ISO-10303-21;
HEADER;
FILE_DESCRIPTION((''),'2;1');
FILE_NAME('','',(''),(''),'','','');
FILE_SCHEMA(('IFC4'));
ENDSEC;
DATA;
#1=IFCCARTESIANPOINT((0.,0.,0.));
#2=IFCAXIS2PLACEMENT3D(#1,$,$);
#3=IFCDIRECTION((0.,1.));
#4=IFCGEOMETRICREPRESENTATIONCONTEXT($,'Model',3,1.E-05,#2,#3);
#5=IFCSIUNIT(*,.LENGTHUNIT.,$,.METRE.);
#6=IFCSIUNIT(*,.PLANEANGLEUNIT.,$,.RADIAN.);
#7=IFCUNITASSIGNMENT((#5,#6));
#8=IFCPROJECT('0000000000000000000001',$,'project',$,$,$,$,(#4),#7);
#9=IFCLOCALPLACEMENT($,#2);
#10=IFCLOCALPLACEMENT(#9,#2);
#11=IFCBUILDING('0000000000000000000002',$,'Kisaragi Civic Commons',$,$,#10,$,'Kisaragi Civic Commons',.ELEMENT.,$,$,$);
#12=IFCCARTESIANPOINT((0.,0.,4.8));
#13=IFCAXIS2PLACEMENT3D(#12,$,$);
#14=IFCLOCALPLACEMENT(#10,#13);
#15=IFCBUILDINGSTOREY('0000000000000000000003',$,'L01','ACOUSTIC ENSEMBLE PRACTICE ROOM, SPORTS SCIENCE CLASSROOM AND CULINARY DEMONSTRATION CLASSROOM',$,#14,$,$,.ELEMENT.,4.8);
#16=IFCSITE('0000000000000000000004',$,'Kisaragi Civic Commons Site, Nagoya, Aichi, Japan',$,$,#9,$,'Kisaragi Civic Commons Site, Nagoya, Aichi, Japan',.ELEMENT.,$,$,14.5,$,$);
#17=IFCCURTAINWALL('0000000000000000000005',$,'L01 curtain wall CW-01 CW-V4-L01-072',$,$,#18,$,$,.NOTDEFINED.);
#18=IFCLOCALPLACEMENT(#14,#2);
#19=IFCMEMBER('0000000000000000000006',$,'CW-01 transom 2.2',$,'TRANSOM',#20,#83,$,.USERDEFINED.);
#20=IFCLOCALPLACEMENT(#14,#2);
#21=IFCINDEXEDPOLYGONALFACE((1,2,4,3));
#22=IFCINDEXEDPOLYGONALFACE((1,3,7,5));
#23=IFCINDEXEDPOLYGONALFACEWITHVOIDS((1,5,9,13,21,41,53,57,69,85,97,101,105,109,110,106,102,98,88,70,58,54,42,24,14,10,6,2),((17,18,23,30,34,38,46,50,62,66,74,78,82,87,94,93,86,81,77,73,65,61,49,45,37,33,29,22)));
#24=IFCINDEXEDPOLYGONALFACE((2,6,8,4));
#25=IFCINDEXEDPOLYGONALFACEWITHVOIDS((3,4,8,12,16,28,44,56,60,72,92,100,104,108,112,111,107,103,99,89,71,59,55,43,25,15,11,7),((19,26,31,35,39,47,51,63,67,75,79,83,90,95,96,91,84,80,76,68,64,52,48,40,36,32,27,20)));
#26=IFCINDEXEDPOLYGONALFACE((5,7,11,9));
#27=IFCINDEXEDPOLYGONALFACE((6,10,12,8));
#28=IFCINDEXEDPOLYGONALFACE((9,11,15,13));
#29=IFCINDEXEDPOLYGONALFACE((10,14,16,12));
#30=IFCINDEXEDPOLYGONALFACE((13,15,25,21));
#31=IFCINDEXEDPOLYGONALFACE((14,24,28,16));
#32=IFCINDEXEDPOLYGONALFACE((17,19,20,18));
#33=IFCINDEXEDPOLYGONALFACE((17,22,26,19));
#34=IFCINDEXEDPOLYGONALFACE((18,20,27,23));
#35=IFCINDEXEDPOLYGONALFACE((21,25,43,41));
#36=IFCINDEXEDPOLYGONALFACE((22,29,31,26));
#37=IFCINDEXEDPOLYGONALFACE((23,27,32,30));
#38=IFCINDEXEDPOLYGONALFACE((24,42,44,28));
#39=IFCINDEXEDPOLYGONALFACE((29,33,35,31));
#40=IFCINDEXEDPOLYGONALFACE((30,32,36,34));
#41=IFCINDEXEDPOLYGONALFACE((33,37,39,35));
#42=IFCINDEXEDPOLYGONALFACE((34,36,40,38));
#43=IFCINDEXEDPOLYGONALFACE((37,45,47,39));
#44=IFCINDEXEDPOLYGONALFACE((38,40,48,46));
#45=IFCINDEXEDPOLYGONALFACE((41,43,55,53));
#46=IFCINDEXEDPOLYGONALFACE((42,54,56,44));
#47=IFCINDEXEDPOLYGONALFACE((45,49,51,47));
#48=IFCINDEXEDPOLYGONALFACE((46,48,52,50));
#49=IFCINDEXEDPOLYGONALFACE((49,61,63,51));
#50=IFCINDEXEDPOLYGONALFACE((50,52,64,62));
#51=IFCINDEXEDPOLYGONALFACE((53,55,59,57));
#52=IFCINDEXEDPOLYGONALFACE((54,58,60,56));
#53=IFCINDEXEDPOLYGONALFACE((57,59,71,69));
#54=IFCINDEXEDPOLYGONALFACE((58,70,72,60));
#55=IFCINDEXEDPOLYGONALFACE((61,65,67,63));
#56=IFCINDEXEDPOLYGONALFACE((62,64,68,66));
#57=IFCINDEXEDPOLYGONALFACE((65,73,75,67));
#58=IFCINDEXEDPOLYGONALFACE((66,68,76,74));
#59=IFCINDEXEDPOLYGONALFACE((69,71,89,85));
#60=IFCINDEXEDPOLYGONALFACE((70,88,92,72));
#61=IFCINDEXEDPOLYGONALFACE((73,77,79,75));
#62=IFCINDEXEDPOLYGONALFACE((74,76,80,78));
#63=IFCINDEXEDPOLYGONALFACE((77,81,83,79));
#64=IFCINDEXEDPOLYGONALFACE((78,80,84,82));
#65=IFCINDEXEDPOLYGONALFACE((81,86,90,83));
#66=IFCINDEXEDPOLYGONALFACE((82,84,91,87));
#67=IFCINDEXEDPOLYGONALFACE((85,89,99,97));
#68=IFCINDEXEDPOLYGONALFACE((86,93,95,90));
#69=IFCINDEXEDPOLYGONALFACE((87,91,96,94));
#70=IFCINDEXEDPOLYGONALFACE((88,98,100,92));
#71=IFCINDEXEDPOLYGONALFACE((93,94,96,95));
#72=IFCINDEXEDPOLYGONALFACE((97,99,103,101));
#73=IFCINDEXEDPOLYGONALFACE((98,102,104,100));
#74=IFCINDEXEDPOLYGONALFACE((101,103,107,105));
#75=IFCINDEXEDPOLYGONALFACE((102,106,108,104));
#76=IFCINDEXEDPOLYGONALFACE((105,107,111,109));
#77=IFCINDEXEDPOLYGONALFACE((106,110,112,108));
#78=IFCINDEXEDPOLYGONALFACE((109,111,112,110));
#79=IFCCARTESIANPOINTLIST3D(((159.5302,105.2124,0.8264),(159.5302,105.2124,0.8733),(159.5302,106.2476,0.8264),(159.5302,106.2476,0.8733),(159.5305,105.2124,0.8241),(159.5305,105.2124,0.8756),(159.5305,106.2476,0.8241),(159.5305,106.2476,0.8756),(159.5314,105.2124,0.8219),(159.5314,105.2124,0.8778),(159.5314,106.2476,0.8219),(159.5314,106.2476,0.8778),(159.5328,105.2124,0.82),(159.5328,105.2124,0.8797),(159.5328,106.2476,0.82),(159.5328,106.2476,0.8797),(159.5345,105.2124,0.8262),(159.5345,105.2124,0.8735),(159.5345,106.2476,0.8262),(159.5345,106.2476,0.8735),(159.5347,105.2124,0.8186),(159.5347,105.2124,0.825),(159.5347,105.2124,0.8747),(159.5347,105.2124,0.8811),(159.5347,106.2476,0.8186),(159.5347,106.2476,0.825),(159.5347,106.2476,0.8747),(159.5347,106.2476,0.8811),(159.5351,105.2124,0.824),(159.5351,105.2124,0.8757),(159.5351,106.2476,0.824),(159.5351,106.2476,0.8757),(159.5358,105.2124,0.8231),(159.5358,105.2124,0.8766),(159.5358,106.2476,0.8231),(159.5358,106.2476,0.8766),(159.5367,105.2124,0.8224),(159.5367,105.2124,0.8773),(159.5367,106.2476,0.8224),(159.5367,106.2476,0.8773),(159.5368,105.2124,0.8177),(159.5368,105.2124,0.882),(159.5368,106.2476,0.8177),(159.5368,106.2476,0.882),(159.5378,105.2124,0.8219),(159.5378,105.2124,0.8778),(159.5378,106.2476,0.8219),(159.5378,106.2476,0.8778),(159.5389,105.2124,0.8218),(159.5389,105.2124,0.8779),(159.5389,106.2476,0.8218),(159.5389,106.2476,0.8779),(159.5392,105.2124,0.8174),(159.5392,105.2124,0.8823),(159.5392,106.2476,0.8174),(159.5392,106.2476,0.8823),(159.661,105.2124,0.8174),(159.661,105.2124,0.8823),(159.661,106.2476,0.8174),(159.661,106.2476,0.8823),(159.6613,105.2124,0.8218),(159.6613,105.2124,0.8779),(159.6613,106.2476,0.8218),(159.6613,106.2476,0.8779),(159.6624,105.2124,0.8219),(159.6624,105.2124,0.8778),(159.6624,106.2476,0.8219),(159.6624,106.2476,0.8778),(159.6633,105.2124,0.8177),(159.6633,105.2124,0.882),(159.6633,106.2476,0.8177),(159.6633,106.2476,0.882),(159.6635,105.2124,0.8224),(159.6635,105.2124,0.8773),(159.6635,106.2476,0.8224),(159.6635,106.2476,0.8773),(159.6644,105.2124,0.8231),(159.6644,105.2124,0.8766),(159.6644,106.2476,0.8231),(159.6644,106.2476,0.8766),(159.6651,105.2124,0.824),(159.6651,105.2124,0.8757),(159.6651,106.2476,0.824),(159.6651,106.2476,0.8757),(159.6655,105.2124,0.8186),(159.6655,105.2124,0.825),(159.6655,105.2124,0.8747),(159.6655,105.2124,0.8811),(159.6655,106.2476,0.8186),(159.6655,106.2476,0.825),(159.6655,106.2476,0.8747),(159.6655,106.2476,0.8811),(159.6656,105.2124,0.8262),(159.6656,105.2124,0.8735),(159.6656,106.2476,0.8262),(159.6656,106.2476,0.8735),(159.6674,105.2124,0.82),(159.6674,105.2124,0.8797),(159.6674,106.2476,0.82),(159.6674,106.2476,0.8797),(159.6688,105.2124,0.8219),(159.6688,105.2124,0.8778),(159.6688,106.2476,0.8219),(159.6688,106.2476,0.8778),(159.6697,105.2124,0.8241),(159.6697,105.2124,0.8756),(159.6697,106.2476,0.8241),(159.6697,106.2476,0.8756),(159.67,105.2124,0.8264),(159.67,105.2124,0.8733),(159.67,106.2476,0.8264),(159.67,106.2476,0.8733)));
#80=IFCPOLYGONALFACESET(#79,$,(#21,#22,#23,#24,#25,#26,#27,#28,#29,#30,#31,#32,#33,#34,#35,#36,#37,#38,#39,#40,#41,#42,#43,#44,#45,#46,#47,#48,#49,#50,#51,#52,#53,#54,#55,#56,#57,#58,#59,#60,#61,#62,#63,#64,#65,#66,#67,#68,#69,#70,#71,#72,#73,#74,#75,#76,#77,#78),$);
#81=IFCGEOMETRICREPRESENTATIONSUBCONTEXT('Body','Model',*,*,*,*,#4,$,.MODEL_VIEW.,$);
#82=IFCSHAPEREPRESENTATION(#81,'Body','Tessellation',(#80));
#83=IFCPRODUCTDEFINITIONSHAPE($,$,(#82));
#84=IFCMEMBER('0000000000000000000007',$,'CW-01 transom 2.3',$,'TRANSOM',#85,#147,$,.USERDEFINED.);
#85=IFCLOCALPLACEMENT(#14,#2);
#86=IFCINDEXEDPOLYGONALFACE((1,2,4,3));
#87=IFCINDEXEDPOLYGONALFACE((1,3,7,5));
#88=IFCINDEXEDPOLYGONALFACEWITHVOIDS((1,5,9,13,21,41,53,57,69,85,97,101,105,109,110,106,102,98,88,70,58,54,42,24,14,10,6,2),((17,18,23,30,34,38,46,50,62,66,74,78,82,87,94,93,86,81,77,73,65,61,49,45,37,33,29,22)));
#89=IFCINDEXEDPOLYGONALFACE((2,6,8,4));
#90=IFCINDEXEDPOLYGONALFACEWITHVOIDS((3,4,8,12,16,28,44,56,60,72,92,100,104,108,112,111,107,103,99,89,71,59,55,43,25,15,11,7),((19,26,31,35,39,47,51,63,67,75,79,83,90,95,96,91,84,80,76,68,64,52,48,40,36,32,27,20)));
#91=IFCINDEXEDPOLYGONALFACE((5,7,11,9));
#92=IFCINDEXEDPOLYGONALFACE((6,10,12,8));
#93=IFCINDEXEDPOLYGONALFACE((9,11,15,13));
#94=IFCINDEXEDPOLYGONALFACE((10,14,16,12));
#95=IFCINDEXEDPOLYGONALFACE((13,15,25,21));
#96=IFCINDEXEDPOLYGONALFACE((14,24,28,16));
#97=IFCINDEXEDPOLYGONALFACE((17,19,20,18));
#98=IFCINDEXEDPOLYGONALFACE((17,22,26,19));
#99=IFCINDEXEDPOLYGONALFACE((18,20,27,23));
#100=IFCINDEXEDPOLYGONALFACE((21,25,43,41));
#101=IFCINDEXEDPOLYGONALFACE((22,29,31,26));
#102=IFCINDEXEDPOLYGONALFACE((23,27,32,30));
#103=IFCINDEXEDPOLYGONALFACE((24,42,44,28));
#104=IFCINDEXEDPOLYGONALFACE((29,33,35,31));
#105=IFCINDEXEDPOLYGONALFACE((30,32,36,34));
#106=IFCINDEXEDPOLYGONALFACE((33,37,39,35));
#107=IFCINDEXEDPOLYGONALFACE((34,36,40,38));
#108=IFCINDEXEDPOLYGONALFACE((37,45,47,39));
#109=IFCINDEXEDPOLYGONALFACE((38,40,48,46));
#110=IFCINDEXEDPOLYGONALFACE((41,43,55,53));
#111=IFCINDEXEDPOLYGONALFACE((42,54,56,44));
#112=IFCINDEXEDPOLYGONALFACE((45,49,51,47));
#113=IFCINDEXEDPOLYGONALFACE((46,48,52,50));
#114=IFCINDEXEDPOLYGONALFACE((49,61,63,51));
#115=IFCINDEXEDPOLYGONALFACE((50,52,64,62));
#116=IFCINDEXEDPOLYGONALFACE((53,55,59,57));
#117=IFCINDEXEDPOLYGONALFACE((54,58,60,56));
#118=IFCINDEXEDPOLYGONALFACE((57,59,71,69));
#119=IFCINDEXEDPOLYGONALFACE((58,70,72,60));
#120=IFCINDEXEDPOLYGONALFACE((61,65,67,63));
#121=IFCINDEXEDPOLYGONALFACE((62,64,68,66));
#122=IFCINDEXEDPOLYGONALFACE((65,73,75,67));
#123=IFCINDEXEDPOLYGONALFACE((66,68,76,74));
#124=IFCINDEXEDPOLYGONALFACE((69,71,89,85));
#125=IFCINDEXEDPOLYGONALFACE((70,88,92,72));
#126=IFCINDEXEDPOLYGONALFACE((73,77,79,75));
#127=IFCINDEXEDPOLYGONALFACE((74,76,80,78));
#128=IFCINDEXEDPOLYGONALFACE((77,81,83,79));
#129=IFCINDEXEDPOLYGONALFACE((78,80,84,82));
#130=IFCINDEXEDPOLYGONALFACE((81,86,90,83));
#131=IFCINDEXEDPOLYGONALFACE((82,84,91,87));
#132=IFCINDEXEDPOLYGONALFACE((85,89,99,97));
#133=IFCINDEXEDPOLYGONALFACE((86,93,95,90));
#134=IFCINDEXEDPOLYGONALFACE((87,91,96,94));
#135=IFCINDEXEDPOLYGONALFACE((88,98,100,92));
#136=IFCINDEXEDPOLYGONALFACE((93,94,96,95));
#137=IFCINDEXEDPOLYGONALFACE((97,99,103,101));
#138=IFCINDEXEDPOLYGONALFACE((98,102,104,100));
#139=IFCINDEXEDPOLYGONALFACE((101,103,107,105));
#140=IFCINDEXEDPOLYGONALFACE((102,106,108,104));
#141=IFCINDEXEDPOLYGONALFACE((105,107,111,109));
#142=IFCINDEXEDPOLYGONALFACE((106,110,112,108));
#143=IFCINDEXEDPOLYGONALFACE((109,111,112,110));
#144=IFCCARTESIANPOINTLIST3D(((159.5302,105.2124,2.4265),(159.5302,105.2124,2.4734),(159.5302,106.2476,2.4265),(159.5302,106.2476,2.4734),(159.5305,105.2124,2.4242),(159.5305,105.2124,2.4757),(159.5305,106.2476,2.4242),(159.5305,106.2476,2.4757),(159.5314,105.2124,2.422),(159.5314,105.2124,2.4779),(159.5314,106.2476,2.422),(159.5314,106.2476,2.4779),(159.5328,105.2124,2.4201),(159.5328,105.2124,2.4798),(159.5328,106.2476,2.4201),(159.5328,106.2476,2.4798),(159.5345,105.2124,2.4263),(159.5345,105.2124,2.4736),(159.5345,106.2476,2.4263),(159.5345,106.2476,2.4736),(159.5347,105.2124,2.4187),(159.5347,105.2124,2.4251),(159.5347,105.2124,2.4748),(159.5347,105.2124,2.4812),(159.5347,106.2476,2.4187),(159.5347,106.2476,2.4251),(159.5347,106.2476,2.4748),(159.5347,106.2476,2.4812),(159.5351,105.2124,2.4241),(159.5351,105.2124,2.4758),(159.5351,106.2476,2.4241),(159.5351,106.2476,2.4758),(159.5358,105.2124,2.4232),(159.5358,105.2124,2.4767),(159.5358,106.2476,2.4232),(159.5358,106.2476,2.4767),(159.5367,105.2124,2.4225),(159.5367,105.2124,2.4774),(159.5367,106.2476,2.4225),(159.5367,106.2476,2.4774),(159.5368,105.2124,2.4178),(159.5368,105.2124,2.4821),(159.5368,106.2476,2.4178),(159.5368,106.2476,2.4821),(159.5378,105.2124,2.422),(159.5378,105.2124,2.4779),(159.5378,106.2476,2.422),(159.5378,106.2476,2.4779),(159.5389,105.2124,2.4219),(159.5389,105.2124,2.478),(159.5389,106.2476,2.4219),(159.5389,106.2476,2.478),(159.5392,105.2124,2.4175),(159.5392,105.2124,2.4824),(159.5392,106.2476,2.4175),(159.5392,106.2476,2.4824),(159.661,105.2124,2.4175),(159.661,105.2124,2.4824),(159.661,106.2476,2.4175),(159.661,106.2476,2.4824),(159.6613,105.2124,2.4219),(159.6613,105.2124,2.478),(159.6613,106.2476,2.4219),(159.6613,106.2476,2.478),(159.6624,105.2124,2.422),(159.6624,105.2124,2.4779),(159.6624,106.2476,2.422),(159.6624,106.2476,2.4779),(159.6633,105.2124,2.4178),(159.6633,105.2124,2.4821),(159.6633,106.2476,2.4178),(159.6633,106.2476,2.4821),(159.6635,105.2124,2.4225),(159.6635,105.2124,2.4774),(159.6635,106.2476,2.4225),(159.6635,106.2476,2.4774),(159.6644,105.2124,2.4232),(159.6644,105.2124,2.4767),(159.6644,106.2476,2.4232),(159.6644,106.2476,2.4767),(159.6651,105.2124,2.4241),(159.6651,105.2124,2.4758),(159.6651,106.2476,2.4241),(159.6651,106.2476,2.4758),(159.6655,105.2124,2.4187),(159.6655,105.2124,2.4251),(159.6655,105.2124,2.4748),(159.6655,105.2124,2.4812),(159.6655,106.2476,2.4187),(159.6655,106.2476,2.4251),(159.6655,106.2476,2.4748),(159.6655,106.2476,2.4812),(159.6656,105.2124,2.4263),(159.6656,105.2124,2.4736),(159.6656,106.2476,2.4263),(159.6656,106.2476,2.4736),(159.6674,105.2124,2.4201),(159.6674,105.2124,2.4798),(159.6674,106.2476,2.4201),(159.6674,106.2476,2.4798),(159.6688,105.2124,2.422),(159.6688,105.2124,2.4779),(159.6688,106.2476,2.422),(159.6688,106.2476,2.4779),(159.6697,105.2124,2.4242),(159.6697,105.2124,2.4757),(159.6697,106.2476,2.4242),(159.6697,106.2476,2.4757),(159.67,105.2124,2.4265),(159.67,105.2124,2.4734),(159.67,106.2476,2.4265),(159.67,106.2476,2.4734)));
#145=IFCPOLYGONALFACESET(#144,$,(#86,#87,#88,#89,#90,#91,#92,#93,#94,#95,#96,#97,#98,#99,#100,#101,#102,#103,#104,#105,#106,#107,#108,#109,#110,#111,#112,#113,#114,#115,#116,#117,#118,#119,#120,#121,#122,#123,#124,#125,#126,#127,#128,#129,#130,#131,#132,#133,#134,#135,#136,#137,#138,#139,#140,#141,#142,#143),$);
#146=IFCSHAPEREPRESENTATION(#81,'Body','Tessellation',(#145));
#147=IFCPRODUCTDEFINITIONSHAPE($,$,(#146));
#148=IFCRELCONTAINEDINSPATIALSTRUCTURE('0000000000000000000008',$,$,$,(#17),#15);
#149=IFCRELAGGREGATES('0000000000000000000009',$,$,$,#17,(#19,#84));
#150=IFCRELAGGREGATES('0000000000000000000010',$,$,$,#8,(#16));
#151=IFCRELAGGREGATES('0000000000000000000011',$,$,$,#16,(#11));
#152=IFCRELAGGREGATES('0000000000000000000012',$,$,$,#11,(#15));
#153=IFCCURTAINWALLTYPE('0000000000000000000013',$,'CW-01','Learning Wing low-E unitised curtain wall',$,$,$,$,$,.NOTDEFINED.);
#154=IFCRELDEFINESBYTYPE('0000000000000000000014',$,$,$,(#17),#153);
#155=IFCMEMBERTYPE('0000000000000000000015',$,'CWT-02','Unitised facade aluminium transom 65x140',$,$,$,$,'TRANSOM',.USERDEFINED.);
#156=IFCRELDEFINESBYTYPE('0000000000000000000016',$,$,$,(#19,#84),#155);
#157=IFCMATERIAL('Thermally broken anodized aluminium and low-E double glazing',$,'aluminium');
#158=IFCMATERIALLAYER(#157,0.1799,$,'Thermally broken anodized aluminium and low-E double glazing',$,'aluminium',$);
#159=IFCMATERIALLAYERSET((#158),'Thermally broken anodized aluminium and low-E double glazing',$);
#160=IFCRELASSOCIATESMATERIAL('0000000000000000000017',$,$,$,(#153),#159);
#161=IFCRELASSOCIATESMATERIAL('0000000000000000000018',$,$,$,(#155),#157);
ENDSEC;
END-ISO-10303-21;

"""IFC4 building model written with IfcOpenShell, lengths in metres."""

from ifc_helpers import new_model, si_unit, direction, frame, origin, origin_2d, place, context, subcontext, project, spatial, hollow_rectangle, extrude, material, layer, layer_set, material_profile, profile_set, type_object, element, aggregate, save


model = new_model("IFC4")

# Units and contexts
model_context = context("Model", 3, precision=1e-05, world=origin(), true_north=direction((0.0, 1.0)))
body_context = subcontext(model_context, "Body", "Model", "MODEL_VIEW")
ifc_project = project(units=[si_unit("LENGTHUNIT", "METRE"), si_unit("PLANEANGLEUNIT", "RADIAN")], contexts=[model_context])

# Site, building, storey
site_placement = place(None, origin())
site = spatial("IfcSite", under=ifc_project, at=site_placement, Name="Kisaragi Civic Commons Site, Nagoya, Aichi, Japan", LongName="Kisaragi Civic Commons Site, Nagoya, Aichi, Japan", CompositionType="ELEMENT", RefElevation=14.5)
building_placement = place(site_placement, origin())
building = spatial("IfcBuilding", under=site, at=building_placement, Name="Kisaragi Civic Commons", LongName="Kisaragi Civic Commons", CompositionType="ELEMENT")
storey_placement = place(building_placement, frame((0.0, 0.0, 4.8)))
storey = spatial("IfcBuildingStorey", under=building, at=storey_placement, Name="L01", Description="ACOUSTIC ENSEMBLE PRACTICE ROOM, SPORTS SCIENCE CLASSROOM AND CULINARY DEMONSTRATION CLASSROOM", CompositionType="ELEMENT", Elevation=4.8)

# Curtain wall
ifc_material_1 = material(Name="Thermally broken anodized aluminium and low-E double glazing", Category="aluminium")
ifc_layer_1 = layer(ifc_material_1, 0.1799, Name="Thermally broken anodized aluminium and low-E double glazing", Category="aluminium")
ifc_layer_set_1 = layer_set([ifc_layer_1], Name="Thermally broken anodized aluminium and low-E double glazing")
curtain_wall_type = type_object("IfcCurtainWallType", Name="CW-01", Description="Learning Wing low-E unitised curtain wall", PredefinedType="NOTDEFINED", material=ifc_layer_set_1)
curtain_wall_1_placement = place(storey_placement, origin())
curtain_wall_1 = element("IfcCurtainWall", 1, at=curtain_wall_1_placement, inside=storey, type_object=curtain_wall_type, Name="L01 curtain wall CW-01 CW-V4-L01-072", PredefinedType="NOTDEFINED")

# Members
ifc_material_profile_1 = material_profile(ifc_material_1, hollow_rectangle(XDim=0.1399, YDim=0.0649, WallThickness=0.0044, InnerFilletRadius=0.0044, OuterFilletRadius=0.009, at=origin_2d()), Name="CWT-65x140x4.5", Category="aluminium")
ifc_profile_set_1 = profile_set([ifc_material_profile_1], Name="Thermally broken anodized aluminium and low-E double glazing")
member_type_1 = type_object("IfcMemberType", Name="CWT-02", Description="Unitised facade aluminium transom 65x140", ElementType="TRANSOM", PredefinedType="USERDEFINED", material=ifc_profile_set_1)
member_1_placement = place(storey_placement, frame((159.6001, 106.2476, 0.8499), z_axis=(0.0, -1.0, 0.0), x_axis=(1.0, 0.0, 0.0)))
member_1 = element("IfcMember", 2, at=member_1_placement, type_object=member_type_1, Name="CW-01 transom 2.2", ObjectType="TRANSOM", PredefinedType="USERDEFINED", context=body_context, shape_type="SweptSolid", body=[
    extrude(hollow_rectangle(XDim=0.1399, YDim=0.0649, WallThickness=0.0044, InnerFilletRadius=0.0044, OuterFilletRadius=0.009, at=origin_2d()), origin(), (0.0, 0.0, 1.0), 1.0352),
])
member_2_placement = place(storey_placement, frame((159.6001, 106.2476, 2.45), z_axis=(0.0, -1.0, 0.0), x_axis=(1.0, 0.0, 0.0)))
member_2 = element("IfcMember", 3, at=member_2_placement, type_object=member_type_1, Name="CW-01 transom 2.3", ObjectType="TRANSOM", PredefinedType="USERDEFINED", context=body_context, shape_type="SweptSolid", body=[
    extrude(hollow_rectangle(XDim=0.1399, YDim=0.0649, WallThickness=0.0044, InnerFilletRadius=0.0044, OuterFilletRadius=0.009, at=origin_2d()), origin(), (0.0, 0.0, 1.0), 1.0352),
])

aggregate(curtain_wall_1, [member_1, member_2])

save(model, "model.ifc")
